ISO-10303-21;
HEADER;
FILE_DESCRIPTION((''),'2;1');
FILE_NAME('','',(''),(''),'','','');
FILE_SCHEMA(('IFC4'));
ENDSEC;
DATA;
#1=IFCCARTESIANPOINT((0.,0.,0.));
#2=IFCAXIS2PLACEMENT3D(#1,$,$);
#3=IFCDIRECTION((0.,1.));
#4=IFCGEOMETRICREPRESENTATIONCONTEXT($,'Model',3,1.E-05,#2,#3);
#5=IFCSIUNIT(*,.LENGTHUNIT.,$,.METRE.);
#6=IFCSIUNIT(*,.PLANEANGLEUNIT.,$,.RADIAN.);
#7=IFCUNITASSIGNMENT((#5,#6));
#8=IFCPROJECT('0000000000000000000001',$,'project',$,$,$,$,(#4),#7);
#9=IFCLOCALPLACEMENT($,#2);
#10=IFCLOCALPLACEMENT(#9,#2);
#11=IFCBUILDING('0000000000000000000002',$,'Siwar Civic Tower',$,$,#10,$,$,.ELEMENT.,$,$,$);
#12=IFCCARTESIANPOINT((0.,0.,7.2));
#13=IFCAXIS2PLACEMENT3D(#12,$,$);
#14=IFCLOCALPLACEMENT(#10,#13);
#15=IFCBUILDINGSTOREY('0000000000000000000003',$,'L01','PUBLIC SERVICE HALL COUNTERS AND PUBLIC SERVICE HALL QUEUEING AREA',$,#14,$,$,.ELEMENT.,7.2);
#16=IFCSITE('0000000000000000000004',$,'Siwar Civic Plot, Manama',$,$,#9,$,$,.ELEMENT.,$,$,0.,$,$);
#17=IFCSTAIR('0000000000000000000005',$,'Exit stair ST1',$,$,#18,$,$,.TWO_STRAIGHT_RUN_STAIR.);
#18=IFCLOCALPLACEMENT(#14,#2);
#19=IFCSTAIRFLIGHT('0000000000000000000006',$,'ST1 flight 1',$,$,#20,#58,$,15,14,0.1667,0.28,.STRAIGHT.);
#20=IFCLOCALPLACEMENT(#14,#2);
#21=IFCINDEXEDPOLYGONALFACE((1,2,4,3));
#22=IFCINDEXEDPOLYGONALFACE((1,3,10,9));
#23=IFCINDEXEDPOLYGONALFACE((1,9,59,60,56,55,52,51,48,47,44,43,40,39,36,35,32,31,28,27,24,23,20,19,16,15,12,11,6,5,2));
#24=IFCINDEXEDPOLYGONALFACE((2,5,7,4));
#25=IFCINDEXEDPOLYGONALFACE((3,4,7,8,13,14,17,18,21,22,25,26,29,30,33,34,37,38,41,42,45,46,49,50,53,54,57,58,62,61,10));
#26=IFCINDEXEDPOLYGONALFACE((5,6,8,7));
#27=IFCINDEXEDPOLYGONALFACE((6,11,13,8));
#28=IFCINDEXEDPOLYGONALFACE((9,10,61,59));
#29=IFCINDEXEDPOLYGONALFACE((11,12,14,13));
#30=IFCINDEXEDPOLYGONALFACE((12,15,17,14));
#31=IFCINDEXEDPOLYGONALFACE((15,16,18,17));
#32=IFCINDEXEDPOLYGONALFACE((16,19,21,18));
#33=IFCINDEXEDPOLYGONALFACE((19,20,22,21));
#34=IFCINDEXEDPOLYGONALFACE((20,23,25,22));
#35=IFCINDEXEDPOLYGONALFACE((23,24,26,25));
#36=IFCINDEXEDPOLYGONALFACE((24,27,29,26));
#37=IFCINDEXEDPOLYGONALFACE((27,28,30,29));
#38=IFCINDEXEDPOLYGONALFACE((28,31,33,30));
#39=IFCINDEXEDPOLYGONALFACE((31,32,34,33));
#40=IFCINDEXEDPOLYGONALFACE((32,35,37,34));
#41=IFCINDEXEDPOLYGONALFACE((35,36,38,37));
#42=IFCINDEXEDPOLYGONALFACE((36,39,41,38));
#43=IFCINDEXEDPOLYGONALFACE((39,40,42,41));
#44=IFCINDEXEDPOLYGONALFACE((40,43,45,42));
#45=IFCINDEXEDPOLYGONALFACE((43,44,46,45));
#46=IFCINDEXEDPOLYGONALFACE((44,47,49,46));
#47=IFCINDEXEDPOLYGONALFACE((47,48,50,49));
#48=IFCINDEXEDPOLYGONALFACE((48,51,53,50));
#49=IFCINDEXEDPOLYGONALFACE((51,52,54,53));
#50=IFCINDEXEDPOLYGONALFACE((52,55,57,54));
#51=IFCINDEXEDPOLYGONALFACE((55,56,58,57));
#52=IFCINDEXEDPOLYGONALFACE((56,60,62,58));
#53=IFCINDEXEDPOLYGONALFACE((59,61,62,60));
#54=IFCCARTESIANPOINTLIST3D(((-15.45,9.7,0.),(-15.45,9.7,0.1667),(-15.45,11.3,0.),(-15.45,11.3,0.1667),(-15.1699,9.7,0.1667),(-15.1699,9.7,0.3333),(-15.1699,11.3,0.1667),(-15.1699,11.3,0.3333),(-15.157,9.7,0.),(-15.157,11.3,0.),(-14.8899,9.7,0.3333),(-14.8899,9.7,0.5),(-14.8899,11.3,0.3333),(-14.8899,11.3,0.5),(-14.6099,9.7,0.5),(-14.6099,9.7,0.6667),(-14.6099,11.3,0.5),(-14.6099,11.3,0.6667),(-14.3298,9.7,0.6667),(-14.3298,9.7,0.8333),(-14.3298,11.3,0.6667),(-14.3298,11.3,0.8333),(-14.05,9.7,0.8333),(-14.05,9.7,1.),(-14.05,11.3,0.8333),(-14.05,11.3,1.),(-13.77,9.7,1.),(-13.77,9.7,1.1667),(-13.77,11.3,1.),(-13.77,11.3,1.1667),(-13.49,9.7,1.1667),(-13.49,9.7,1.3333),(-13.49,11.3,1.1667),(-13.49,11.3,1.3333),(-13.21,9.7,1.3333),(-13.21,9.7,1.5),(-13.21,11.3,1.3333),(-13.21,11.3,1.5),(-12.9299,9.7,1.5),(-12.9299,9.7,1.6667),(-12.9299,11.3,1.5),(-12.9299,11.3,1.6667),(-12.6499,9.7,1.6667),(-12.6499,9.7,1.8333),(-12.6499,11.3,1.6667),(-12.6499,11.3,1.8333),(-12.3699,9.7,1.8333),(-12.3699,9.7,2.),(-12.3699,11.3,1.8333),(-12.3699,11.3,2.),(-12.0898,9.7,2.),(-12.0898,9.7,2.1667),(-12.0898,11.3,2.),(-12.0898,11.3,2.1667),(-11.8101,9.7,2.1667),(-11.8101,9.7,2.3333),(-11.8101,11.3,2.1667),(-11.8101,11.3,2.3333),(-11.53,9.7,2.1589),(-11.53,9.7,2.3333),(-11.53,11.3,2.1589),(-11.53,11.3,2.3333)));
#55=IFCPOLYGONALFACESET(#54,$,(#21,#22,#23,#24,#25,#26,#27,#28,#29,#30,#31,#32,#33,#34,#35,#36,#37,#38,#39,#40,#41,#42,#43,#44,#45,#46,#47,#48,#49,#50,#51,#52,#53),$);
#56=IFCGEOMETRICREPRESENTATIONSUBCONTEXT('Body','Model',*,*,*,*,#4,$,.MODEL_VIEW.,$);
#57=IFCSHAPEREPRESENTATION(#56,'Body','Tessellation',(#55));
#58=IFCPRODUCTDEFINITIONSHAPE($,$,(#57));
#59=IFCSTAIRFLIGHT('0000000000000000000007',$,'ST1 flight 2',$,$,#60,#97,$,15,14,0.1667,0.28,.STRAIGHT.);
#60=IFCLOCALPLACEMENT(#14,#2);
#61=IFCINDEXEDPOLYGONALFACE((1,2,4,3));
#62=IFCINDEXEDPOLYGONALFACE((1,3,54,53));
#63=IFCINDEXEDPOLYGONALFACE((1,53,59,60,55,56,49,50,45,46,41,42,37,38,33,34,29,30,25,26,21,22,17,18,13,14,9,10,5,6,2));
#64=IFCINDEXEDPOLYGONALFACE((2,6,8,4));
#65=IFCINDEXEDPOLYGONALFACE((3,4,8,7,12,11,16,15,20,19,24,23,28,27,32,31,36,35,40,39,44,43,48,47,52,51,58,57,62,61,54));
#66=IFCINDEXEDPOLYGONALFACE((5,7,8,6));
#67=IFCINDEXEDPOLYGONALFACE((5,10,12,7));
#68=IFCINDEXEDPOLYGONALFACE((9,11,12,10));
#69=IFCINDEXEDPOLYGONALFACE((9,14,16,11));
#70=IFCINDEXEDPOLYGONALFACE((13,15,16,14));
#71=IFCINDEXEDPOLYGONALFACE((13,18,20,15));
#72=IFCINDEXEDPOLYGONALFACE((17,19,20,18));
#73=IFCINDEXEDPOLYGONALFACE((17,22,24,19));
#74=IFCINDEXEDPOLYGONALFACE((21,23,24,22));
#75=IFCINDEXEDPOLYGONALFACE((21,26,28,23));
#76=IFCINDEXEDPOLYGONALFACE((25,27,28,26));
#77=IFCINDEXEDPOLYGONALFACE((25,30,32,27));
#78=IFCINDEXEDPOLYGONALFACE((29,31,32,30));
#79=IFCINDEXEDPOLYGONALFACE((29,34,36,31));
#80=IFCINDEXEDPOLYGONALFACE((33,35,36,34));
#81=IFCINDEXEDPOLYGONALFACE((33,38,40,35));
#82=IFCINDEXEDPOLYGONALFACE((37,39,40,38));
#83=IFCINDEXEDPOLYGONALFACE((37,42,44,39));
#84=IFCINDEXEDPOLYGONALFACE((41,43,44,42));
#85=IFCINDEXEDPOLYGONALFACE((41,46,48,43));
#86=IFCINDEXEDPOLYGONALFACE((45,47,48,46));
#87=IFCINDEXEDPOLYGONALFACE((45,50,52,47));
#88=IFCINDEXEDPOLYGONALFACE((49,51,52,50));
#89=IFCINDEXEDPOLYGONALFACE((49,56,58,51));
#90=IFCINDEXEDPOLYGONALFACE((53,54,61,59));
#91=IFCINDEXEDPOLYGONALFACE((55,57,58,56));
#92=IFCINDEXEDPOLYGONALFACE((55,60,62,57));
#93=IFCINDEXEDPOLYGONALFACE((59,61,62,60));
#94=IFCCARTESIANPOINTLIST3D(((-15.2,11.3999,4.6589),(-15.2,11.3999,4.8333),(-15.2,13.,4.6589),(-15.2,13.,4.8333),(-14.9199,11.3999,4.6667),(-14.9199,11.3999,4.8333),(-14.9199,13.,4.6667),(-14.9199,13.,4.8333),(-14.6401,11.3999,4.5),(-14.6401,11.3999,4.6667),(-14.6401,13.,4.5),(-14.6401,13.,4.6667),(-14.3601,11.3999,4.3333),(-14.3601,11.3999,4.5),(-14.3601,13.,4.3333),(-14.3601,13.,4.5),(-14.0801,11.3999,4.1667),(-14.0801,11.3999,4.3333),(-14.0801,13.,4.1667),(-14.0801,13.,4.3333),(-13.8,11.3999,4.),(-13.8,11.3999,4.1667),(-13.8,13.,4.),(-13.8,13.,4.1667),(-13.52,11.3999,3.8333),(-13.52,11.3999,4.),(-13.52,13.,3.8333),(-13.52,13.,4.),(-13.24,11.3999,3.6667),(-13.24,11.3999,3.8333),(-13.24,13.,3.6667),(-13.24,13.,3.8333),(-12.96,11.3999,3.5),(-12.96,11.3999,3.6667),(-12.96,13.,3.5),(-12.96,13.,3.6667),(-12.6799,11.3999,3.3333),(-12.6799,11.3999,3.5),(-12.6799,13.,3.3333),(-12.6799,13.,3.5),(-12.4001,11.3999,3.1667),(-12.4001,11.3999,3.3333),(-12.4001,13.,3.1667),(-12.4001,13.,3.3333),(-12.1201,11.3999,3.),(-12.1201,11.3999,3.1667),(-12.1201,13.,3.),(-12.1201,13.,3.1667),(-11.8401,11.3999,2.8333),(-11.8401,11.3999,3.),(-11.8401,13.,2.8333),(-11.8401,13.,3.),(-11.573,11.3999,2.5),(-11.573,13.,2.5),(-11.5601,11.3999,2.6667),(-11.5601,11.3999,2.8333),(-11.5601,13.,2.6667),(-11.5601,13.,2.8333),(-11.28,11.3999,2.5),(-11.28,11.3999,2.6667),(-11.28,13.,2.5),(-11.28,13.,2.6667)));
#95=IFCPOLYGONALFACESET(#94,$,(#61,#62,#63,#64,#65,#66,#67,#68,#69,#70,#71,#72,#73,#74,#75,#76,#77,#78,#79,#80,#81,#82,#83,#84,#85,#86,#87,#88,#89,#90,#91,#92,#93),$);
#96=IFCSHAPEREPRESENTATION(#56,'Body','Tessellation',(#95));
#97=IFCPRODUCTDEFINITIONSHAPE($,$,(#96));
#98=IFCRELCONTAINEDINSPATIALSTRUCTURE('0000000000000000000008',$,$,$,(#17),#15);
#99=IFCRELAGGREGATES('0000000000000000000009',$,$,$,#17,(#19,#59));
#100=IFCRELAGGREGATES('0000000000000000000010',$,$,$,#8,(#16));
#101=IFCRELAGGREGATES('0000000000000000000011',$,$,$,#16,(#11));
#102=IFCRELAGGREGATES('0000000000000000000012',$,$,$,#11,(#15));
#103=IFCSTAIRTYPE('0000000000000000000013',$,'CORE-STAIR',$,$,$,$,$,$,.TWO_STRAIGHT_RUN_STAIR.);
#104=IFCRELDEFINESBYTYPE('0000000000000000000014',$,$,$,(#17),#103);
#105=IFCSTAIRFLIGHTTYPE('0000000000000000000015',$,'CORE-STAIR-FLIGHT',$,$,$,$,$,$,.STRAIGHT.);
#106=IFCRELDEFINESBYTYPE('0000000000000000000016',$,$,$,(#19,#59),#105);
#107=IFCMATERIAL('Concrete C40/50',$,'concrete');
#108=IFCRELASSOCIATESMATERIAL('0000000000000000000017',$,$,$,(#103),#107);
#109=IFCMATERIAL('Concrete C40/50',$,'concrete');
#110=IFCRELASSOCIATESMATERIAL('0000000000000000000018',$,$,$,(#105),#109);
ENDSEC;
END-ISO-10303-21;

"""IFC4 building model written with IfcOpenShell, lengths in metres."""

from ifc_helpers import new_model, si_unit, direction, frame, origin, place, context, subcontext, project, spatial, polyline, outline, extrude, material, type_object, element, aggregate, save


model = new_model("IFC4")

# Units and contexts
model_context = context("Model", 3, precision=1e-05, world=origin(), true_north=direction((0.0, 1.0)))
body_context = subcontext(model_context, "Body", "Model", "MODEL_VIEW")
ifc_project = project(units=[si_unit("LENGTHUNIT", "METRE"), si_unit("PLANEANGLEUNIT", "RADIAN")], contexts=[model_context])

# Site, building, storey
site_placement = place(None, origin())
site = spatial("IfcSite", under=ifc_project, at=site_placement, Name="Siwar Civic Plot, Manama", CompositionType="ELEMENT", RefElevation=0.0)
building_placement = place(site_placement, origin())
building = spatial("IfcBuilding", under=site, at=building_placement, Name="Siwar Civic Tower", CompositionType="ELEMENT")
storey_placement = place(building_placement, frame((0.0, 0.0, 7.2)))
storey = spatial("IfcBuildingStorey", under=building, at=storey_placement, Name="L01", Description="PUBLIC SERVICE HALL COUNTERS AND PUBLIC SERVICE HALL QUEUEING AREA", CompositionType="ELEMENT", Elevation=7.2)

# Stair, stair flights
ifc_material_1 = material(Name="Concrete C40/50", Category="concrete")
stair_type = type_object("IfcStairType", Name="CORE-STAIR", PredefinedType="TWO_STRAIGHT_RUN_STAIR", material=ifc_material_1)
stair_placement = place(storey_placement, origin())
stair = element("IfcStair", 1, at=stair_placement, inside=storey, type_object=stair_type, Name="Exit stair ST1", PredefinedType="TWO_STRAIGHT_RUN_STAIR")
ifc_material_2 = material(Name="Concrete C40/50", Category="concrete")
stair_flight_type = type_object("IfcStairFlightType", Name="CORE-STAIR-FLIGHT", PredefinedType="STRAIGHT", material=ifc_material_2)
stair_flight_1_placement = place(storey_placement, frame((-15.45, 10.5, 0.0), z_axis=(0.0, 0.0, 1.0), x_axis=(1.0, 0.0, 0.0)))
stair_flight_1 = element("IfcStairFlight", 2, at=stair_flight_1_placement, type_object=stair_flight_type, Name="ST1 flight 1", NumberOfRisers=15, NumberOfTreads=14, PredefinedType="STRAIGHT", RiserHeight=0.1667, TreadLength=0.28, context=body_context, shape_type="SweptSolid", body=[
    extrude(outline(polyline([(0.0, 0.0), (0.0, 0.1667), (0.28, 0.1667), (0.28, 0.3333), (0.5601, 0.3333), (0.5601, 0.5), (0.8401, 0.5), (0.8401, 0.6667), (1.1201, 0.6667), (1.1201, 0.8333), (1.3999, 0.8333), (1.3999, 1.0), (1.6799, 1.0), (1.6799, 1.1667), (1.96, 1.1667), (1.96, 1.3333), (2.24, 1.3333), (2.24, 1.5), (2.52, 1.5), (2.52, 1.6667), (2.8, 1.6667), (2.8, 1.8333), (3.0801, 1.8333), (3.0801, 2.0), (3.3601, 2.0), (3.3601, 2.1667), (3.6399, 2.1667), (3.6399, 2.3333), (3.9199, 2.3333), (3.9199, 2.5), (3.9199, 2.1589), (0.293, 0.0), (0.0, 0.0)])), frame((0.0, 0.8, 0.0), z_axis=(0.0, -1.0, 0.0), x_axis=(1.0, 0.0, 0.0)), (0.0, 0.0, 1.0), 1.6001),
])
stair_flight_2_placement = place(storey_placement, frame((-11.28, 12.2, 2.5), z_axis=(0.0, 0.0, 1.0), x_axis=(-1.0, 0.0, 0.0)))
stair_flight_2 = element("IfcStairFlight", 3, at=stair_flight_2_placement, type_object=stair_flight_type, Name="ST1 flight 2", NumberOfRisers=15, NumberOfTreads=14, PredefinedType="STRAIGHT", RiserHeight=0.1667, TreadLength=0.28, context=body_context, shape_type="SweptSolid", body=[
    extrude(outline(polyline([(0.0, 0.0), (0.0, 0.1667), (0.28, 0.1667), (0.28, 0.3333), (0.5601, 0.3333), (0.5601, 0.5), (0.8401, 0.5), (0.8401, 0.6667), (1.1201, 0.6667), (1.1201, 0.8333), (1.3999, 0.8333), (1.3999, 1.0), (1.6799, 1.0), (1.6799, 1.1667), (1.96, 1.1667), (1.96, 1.3333), (2.24, 1.3333), (2.24, 1.5), (2.52, 1.5), (2.52, 1.6667), (2.8, 1.6667), (2.8, 1.8333), (3.0801, 1.8333), (3.0801, 2.0), (3.3601, 2.0), (3.3601, 2.1667), (3.6399, 2.1667), (3.6399, 2.3333), (3.9199, 2.3333), (3.9199, 2.5), (3.9199, 2.1589), (0.293, 0.0), (0.0, 0.0)])), frame((0.0, 0.8, 0.0), z_axis=(0.0, -1.0, 0.0), x_axis=(1.0, 0.0, 0.0)), (0.0, 0.0, 1.0), 1.6001),
])
aggregate(stair, [stair_flight_1, stair_flight_2])

save(model, "model.ifc")
